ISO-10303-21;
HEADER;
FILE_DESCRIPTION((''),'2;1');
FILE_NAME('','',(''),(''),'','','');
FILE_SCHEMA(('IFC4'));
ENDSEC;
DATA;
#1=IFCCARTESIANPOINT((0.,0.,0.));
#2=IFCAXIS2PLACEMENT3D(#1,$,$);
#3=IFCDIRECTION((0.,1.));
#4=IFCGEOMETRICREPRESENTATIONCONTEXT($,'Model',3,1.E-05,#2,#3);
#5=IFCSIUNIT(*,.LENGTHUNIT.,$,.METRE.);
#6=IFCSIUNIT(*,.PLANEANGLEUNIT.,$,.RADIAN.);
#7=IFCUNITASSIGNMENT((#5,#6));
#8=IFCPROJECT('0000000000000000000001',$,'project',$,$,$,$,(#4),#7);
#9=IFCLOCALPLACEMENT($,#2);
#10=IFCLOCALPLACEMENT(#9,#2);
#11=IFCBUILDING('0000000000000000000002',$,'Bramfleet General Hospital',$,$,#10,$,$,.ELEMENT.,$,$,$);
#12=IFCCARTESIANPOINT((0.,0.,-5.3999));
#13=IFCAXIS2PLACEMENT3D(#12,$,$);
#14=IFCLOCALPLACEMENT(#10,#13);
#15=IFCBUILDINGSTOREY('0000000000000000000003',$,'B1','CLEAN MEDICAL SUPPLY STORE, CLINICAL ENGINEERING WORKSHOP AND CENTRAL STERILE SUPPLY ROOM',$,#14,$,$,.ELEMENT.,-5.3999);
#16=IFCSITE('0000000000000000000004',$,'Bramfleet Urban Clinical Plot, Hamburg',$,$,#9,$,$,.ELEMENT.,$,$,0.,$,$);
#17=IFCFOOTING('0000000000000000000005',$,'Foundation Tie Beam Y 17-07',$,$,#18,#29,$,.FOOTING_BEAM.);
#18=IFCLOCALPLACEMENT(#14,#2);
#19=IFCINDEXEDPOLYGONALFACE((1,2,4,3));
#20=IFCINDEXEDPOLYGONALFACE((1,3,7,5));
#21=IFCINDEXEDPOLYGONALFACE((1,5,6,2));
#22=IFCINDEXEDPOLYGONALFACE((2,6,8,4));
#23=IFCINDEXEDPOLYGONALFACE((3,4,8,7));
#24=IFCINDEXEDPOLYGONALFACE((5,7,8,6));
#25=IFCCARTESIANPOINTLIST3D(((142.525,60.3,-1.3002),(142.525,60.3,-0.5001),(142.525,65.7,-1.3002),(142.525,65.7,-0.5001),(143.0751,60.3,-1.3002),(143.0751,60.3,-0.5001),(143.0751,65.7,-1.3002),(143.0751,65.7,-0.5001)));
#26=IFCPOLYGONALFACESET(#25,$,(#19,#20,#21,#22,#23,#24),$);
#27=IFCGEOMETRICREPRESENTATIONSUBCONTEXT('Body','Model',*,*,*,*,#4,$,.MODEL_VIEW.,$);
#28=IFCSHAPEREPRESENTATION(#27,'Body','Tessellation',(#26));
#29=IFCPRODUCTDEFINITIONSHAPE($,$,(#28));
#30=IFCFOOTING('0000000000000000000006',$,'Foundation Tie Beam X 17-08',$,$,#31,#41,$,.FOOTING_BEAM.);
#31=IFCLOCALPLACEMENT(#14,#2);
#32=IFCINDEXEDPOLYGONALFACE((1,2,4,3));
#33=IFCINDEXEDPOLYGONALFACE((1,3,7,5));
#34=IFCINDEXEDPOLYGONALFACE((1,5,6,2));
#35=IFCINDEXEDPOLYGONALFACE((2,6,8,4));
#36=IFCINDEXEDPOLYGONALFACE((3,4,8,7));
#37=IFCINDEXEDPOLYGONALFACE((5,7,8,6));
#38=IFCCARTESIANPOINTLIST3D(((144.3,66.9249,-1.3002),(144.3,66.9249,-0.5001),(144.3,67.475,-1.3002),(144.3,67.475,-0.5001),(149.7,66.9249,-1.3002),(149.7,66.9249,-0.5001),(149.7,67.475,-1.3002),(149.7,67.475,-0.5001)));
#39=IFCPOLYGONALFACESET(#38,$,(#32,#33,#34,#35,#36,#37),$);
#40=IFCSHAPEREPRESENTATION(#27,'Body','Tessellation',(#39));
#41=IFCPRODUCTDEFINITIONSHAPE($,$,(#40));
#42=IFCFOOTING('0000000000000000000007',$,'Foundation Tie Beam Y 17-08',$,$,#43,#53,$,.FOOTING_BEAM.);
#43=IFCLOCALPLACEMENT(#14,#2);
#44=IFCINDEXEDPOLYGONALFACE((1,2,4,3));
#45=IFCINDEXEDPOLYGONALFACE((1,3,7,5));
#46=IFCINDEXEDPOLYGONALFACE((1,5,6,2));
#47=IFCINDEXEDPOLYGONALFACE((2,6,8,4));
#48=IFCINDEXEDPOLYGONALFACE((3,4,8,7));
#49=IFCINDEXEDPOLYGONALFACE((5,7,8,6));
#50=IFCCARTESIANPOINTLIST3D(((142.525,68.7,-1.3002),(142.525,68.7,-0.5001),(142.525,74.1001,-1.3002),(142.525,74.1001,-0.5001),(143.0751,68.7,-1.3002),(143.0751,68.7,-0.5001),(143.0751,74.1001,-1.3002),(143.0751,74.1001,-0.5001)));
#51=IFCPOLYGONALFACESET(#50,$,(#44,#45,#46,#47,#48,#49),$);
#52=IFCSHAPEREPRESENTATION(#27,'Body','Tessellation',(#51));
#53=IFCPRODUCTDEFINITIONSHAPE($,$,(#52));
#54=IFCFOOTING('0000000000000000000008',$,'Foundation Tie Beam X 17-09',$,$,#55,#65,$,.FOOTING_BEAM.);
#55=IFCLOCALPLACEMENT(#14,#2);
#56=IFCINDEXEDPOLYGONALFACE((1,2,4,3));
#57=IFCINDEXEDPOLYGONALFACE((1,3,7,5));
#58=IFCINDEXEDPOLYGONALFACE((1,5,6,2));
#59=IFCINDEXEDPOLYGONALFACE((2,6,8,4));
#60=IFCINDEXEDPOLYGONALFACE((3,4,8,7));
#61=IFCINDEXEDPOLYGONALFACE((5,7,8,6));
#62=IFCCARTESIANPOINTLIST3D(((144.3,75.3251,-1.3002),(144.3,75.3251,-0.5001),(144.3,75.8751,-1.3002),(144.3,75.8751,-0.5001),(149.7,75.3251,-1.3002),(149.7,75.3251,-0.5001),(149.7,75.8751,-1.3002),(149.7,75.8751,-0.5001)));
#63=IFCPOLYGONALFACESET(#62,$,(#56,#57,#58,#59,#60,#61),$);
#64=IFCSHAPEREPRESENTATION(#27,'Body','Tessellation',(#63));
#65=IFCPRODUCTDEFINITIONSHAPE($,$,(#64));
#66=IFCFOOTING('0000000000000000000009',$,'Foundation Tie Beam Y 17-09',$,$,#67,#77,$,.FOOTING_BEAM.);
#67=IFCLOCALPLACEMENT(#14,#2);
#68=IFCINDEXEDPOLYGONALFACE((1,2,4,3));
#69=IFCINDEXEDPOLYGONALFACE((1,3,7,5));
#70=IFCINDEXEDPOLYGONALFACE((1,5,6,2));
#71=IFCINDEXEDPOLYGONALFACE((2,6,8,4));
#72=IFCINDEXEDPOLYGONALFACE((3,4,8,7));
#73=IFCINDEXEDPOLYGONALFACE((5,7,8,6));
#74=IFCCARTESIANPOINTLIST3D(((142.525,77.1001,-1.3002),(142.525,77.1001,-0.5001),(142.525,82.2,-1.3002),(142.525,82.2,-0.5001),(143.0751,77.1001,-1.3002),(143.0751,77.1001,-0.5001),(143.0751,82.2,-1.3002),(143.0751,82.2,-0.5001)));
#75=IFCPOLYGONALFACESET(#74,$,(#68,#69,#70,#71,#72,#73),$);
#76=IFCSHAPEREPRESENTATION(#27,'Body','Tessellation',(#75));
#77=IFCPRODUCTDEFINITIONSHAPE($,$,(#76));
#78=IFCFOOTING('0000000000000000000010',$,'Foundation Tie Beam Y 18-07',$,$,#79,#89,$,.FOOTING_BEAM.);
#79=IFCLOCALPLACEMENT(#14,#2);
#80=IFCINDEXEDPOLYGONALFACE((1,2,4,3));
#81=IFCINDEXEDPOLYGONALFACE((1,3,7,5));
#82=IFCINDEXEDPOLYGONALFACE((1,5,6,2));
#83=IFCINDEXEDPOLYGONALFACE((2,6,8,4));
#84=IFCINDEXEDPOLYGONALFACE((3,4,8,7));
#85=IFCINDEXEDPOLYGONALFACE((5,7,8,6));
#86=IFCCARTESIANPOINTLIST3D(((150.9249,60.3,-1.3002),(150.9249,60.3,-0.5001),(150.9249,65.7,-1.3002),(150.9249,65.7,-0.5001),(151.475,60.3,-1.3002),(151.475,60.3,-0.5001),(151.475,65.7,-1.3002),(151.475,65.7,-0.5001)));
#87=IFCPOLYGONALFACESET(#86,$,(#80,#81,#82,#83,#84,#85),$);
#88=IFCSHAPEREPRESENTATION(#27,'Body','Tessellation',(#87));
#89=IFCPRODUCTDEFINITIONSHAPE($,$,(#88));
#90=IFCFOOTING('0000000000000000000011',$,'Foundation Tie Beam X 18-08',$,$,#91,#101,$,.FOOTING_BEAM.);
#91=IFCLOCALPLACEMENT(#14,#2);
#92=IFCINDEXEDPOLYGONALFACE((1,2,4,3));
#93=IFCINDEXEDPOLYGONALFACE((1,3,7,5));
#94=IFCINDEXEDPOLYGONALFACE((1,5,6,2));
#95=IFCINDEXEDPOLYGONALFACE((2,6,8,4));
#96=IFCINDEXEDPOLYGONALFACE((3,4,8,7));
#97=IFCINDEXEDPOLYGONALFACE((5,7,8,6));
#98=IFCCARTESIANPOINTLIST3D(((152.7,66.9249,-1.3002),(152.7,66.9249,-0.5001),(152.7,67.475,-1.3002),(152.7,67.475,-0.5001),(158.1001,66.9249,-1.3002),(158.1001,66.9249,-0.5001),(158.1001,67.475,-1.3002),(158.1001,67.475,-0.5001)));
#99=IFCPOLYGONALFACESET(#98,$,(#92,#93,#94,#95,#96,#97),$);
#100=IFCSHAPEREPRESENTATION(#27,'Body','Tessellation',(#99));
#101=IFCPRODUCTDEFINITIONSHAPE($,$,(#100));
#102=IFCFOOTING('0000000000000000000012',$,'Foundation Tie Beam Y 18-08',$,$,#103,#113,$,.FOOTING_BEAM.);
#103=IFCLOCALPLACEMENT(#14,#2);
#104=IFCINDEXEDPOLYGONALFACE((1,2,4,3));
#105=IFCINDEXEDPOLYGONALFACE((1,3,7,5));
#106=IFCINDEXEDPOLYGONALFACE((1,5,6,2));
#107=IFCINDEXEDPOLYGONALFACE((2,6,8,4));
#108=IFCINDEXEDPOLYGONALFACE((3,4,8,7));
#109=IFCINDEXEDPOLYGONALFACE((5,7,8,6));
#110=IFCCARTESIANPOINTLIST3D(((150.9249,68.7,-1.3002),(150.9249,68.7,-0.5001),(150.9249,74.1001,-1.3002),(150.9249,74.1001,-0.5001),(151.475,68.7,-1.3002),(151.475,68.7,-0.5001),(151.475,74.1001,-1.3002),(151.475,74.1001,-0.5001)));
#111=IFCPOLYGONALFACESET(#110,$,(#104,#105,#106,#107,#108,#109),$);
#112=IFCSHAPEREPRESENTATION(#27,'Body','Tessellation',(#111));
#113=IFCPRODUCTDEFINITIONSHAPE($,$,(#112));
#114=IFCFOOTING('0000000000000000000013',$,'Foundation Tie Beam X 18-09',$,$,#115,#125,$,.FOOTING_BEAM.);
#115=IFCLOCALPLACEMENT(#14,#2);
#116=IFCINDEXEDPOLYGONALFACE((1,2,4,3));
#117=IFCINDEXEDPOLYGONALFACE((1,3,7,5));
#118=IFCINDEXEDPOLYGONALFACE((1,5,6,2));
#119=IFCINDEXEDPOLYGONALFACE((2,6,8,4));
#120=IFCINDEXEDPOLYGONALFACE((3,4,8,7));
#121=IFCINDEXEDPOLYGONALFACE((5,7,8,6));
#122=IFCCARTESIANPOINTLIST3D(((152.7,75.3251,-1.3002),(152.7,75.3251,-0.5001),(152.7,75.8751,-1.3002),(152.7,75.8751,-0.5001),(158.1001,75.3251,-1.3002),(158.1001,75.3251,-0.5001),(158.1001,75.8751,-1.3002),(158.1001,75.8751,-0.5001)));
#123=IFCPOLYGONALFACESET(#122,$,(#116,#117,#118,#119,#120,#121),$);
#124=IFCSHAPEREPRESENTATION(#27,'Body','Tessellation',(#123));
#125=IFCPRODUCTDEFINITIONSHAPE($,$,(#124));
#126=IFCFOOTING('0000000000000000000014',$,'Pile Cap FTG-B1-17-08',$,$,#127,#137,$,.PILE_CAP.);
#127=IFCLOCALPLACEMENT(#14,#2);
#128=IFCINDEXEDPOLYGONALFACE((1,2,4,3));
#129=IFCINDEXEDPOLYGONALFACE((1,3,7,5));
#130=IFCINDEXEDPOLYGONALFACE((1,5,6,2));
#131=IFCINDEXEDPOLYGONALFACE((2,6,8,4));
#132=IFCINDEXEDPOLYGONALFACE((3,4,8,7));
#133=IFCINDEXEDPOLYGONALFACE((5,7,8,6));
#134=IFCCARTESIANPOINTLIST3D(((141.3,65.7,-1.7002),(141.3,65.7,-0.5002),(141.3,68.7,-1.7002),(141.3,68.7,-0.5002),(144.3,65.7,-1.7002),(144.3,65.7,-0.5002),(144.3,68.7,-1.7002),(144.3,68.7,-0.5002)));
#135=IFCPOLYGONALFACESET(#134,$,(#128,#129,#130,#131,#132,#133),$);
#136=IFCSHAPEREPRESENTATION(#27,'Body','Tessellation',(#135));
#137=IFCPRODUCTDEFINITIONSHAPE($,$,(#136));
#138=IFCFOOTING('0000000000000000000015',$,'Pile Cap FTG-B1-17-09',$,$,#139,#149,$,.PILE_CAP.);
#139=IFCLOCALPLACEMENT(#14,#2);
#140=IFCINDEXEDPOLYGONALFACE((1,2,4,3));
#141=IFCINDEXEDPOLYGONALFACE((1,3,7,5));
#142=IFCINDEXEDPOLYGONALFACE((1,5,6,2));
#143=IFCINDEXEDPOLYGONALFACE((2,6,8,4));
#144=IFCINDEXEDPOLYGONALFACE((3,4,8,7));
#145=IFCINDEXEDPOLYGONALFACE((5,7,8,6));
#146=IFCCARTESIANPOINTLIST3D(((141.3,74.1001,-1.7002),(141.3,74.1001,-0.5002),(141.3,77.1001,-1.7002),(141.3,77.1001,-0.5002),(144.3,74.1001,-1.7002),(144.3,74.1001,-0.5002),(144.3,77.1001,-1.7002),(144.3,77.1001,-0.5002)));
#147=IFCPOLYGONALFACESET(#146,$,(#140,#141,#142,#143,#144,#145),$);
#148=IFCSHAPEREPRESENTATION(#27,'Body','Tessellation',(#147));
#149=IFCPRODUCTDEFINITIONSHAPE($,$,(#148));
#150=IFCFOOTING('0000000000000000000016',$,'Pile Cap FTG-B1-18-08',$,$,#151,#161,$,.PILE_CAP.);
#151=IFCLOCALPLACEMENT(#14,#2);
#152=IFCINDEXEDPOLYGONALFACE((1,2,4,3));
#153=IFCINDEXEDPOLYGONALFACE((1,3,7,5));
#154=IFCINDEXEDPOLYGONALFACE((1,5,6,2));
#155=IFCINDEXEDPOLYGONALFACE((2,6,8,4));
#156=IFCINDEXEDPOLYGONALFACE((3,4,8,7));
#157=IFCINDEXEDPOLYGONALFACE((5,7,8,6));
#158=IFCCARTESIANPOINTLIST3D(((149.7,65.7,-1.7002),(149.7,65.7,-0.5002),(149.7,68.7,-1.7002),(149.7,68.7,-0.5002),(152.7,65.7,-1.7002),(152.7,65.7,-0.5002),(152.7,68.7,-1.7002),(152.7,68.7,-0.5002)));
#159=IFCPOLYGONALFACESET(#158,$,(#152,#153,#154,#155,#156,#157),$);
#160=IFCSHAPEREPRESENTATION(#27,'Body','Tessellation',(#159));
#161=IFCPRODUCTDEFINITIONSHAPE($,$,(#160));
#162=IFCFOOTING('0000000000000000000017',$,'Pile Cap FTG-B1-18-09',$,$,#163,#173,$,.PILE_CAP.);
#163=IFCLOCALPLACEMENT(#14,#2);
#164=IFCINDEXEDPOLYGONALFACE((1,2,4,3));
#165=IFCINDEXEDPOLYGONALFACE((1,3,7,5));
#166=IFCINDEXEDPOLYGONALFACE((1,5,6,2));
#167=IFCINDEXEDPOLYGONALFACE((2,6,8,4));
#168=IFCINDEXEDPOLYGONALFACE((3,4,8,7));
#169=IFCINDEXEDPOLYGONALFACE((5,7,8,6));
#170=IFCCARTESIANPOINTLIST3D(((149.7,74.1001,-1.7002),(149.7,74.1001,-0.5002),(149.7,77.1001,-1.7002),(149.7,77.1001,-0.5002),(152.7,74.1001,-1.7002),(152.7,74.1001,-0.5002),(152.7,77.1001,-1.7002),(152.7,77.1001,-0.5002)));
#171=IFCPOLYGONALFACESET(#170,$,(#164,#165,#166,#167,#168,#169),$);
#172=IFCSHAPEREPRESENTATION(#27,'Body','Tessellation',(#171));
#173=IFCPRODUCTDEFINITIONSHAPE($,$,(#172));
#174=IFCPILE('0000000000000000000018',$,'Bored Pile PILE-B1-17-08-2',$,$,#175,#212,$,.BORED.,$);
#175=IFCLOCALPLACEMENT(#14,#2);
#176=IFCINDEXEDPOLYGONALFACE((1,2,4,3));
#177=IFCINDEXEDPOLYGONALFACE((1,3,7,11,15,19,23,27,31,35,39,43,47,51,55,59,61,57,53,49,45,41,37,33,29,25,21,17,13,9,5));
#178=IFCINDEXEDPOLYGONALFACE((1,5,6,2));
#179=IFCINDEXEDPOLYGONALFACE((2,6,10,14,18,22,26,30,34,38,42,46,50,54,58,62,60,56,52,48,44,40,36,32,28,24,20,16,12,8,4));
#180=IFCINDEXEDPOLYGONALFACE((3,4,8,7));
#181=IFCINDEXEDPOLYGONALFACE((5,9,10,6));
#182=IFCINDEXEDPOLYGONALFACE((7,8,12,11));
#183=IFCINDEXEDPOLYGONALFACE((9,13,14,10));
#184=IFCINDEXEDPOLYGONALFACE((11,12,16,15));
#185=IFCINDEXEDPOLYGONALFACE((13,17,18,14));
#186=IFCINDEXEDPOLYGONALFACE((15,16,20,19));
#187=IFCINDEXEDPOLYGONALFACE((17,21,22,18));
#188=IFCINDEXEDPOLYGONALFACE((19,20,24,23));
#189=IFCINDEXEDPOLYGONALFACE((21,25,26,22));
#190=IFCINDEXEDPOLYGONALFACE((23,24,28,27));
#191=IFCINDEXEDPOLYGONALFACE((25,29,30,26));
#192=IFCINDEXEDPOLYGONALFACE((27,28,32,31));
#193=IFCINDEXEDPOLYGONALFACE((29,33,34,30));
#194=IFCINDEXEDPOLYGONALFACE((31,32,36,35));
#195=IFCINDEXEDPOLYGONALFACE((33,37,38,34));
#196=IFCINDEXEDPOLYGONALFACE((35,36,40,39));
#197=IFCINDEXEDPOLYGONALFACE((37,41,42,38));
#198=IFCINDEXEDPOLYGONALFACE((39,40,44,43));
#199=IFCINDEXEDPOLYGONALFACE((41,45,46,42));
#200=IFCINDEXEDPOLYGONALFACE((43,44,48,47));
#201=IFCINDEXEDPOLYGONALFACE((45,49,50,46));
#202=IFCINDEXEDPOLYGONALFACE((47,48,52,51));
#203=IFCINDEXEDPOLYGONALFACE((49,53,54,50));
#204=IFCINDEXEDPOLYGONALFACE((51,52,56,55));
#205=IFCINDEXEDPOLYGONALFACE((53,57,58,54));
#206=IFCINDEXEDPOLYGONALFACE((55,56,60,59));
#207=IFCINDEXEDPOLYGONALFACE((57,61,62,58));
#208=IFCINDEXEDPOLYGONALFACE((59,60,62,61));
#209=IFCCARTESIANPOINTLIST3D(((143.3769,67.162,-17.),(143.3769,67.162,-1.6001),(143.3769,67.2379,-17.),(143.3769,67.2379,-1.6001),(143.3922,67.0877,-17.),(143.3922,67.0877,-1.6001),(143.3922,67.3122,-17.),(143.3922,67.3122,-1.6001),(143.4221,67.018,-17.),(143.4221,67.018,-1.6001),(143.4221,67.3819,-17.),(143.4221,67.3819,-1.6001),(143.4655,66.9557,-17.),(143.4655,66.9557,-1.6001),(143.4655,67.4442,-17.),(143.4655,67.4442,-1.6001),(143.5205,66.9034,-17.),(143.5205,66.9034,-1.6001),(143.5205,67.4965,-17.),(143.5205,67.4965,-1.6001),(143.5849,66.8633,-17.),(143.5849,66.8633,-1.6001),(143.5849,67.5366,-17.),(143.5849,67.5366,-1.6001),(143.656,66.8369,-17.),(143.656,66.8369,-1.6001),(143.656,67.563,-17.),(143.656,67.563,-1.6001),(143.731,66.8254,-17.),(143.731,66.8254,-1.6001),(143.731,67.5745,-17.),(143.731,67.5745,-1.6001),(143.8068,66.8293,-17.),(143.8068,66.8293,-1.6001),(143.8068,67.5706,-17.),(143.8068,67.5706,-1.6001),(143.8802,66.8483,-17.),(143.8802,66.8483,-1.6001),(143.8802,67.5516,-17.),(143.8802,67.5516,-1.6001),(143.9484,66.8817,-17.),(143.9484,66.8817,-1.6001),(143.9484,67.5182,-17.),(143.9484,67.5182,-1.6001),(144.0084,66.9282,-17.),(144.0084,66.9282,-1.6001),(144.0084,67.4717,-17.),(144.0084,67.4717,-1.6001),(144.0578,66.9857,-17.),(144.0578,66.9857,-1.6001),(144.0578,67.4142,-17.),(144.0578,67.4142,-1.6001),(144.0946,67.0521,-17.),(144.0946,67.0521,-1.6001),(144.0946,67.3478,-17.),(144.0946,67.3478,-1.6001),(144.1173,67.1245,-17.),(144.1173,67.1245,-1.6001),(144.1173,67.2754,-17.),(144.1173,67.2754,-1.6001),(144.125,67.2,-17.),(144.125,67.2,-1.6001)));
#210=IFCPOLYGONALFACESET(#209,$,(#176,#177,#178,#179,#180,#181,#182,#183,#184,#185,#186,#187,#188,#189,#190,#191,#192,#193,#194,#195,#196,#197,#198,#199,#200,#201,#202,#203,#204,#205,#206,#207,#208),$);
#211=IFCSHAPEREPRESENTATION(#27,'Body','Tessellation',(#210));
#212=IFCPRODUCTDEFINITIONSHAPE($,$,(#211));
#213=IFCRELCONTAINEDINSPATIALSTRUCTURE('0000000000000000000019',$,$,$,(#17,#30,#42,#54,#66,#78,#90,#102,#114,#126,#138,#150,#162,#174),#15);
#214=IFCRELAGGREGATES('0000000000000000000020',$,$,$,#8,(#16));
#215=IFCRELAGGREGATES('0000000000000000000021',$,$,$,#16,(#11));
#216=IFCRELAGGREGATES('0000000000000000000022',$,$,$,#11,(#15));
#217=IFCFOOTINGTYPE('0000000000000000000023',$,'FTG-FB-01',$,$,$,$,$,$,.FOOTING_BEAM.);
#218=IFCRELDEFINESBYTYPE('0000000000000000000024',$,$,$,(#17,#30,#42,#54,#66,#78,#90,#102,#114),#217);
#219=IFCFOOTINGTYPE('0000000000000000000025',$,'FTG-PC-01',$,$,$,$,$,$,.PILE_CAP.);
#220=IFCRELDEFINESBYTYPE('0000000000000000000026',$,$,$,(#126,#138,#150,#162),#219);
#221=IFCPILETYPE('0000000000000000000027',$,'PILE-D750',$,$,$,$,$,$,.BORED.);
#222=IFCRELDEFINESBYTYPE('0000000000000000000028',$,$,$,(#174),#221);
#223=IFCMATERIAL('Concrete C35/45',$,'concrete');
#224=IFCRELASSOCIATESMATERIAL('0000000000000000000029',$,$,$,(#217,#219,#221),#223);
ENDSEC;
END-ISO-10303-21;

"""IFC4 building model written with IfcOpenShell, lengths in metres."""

from ifc_helpers import new_model, si_unit, direction, frame, origin, origin_2d, place, context, subcontext, project, spatial, rectangle, circle, extrude, material, material_profile, profile_set, type_object, element, save


model = new_model("IFC4")

# Units and contexts
model_context = context("Model", 3, precision=1e-05, world=origin(), true_north=direction((0.0, 1.0)))
body_context = subcontext(model_context, "Body", "Model", "MODEL_VIEW")
ifc_project = project(units=[si_unit("LENGTHUNIT", "METRE"), si_unit("PLANEANGLEUNIT", "RADIAN")], contexts=[model_context])

# Site, building, storey
site_placement = place(None, origin())
site = spatial("IfcSite", under=ifc_project, at=site_placement, Name="Bramfleet Urban Clinical Plot, Hamburg", CompositionType="ELEMENT", RefElevation=0.0)
building_placement = place(site_placement, origin())
building = spatial("IfcBuilding", under=site, at=building_placement, Name="Bramfleet General Hospital", CompositionType="ELEMENT")
storey_placement = place(building_placement, frame((0.0, 0.0, -5.3999)))
storey = spatial("IfcBuildingStorey", under=building, at=storey_placement, Name="B1", Description="CLEAN MEDICAL SUPPLY STORE, CLINICAL ENGINEERING WORKSHOP AND CENTRAL STERILE SUPPLY ROOM", CompositionType="ELEMENT", Elevation=-5.3999)

# Footings
ifc_material_1 = material(Name="Concrete C35/45", Category="concrete")
ifc_material_profile_1 = material_profile(ifc_material_1, rectangle(XDim=0.55, YDim=0.8, at=origin_2d()), Name="RC FB 800x550")
ifc_profile_set_1 = profile_set([ifc_material_profile_1], Name="Concrete C35/45")
footing_type_1 = type_object("IfcFootingType", Name="FTG-FB-01", PredefinedType="FOOTING_BEAM", material=ifc_profile_set_1)
for number, where, z_axis, x_axis, name in (
    (1, (142.8, 60.3, -0.9001), (0.0, 1.0, 0.0), (-1.0, 0.0, 0.0), "Foundation Tie Beam Y 17-07"),
    (2, (144.3, 67.2, -0.9001), (1.0, 0.0, 0.0), (0.0, 1.0, 0.0), "Foundation Tie Beam X 17-08"),
):
    element("IfcFooting", number, at=place(storey_placement, frame(where, z_axis=z_axis, x_axis=x_axis)), inside=storey, type_object=footing_type_1, Name=name, PredefinedType="FOOTING_BEAM", context=body_context, shape_type="SweptSolid", body=[
        extrude(rectangle(XDim=0.55, YDim=0.8, at=origin_2d()), origin(), (0.0, 0.0, 1.0), 5.3999),
    ])
footing_1_placement = place(storey_placement, frame((142.8, 68.7, -0.9001), z_axis=(0.0, 1.0, 0.0), x_axis=(-1.0, 0.0, 0.0)))
element("IfcFooting", 3, at=footing_1_placement, inside=storey, type_object=footing_type_1, Name="Foundation Tie Beam Y 17-08", PredefinedType="FOOTING_BEAM", context=body_context, shape_type="SweptSolid", body=[
    extrude(rectangle(XDim=0.55, YDim=0.8, at=origin_2d()), origin(), (0.0, 0.0, 1.0), 5.4001),
])
footing_2_placement = place(storey_placement, frame((144.3, 75.6001, -0.9001), z_axis=(1.0, 0.0, 0.0), x_axis=(0.0, 1.0, 0.0)))
element("IfcFooting", 4, at=footing_2_placement, inside=storey, type_object=footing_type_1, Name="Foundation Tie Beam X 17-09", PredefinedType="FOOTING_BEAM", context=body_context, shape_type="SweptSolid", body=[
    extrude(rectangle(XDim=0.55, YDim=0.8, at=origin_2d()), origin(), (0.0, 0.0, 1.0), 5.3999),
])
footing_3_placement = place(storey_placement, frame((142.8, 77.1001, -0.9001), z_axis=(0.0, 1.0, 0.0), x_axis=(-1.0, 0.0, 0.0)))
element("IfcFooting", 5, at=footing_3_placement, inside=storey, type_object=footing_type_1, Name="Foundation Tie Beam Y 17-09", PredefinedType="FOOTING_BEAM", context=body_context, shape_type="SweptSolid", body=[
    extrude(rectangle(XDim=0.55, YDim=0.8, at=origin_2d()), origin(), (0.0, 0.0, 1.0), 5.0999),
])
footing_4_placement = place(storey_placement, frame((151.2, 60.3, -0.9001), z_axis=(0.0, 1.0, 0.0), x_axis=(-1.0, 0.0, 0.0)))
element("IfcFooting", 6, at=footing_4_placement, inside=storey, type_object=footing_type_1, Name="Foundation Tie Beam Y 18-07", PredefinedType="FOOTING_BEAM", context=body_context, shape_type="SweptSolid", body=[
    extrude(rectangle(XDim=0.55, YDim=0.8, at=origin_2d()), origin(), (0.0, 0.0, 1.0), 5.3999),
])
for number, where, z_axis, x_axis, name in (
    (7, (152.7, 67.2, -0.9001), (1.0, 0.0, 0.0), (0.0, 1.0, 0.0), "Foundation Tie Beam X 18-08"),
    (8, (151.2, 68.7, -0.9001), (0.0, 1.0, 0.0), (-1.0, 0.0, 0.0), "Foundation Tie Beam Y 18-08"),
    (9, (152.7, 75.6001, -0.9001), (1.0, 0.0, 0.0), (0.0, 1.0, 0.0), "Foundation Tie Beam X 18-09"),
):
    element("IfcFooting", number, at=place(storey_placement, frame(where, z_axis=z_axis, x_axis=x_axis)), inside=storey, type_object=footing_type_1, Name=name, PredefinedType="FOOTING_BEAM", context=body_context, shape_type="SweptSolid", body=[
        extrude(rectangle(XDim=0.55, YDim=0.8, at=origin_2d()), origin(), (0.0, 0.0, 1.0), 5.4001),
    ])
footing_type_2 = type_object("IfcFootingType", Name="FTG-PC-01", PredefinedType="PILE_CAP", material=ifc_material_1)
for number, where, z_axis, x_axis, name in (
    (10, (142.8, 67.2, -1.7002), (0.0, 0.0, 1.0), (1.0, 0.0, 0.0), "Pile Cap FTG-B1-17-08"),
    (11, (142.8, 75.6001, -1.7002), (0.0, 0.0, 1.0), (1.0, 0.0, 0.0), "Pile Cap FTG-B1-17-09"),
    (12, (151.2, 67.2, -1.7002), (0.0, 0.0, 1.0), (1.0, 0.0, 0.0), "Pile Cap FTG-B1-18-08"),
    (13, (151.2, 75.6001, -1.7002), (0.0, 0.0, 1.0), (1.0, 0.0, 0.0), "Pile Cap FTG-B1-18-09"),
):
    element("IfcFooting", number, at=place(storey_placement, frame(where, z_axis=z_axis, x_axis=x_axis)), inside=storey, type_object=footing_type_2, Name=name, PredefinedType="PILE_CAP", context=body_context, shape_type="SweptSolid", body=[
        extrude(rectangle(XDim=3.0, YDim=3.0, at=origin_2d()), origin(), (0.0, 0.0, 1.0), 1.2),
    ])

# Pile
ifc_material_profile_2 = material_profile(ifc_material_1, circle(Radius=0.375, at=origin_2d()), Name="PILE BORED D750")
ifc_profile_set_2 = profile_set([ifc_material_profile_2], Name="Concrete C35/45")
pile_type = type_object("IfcPileType", Name="PILE-D750", PredefinedType="BORED", material=ifc_profile_set_2)
for number, where, z_axis, x_axis, name in (
    (14, (143.75, 67.2, -1.6001), (0.0, 0.0, -1.0), (1.0, 0.0, 0.0), "Bored Pile PILE-B1-17-08-2"),
):
    element("IfcPile", number, at=place(storey_placement, frame(where, z_axis=z_axis, x_axis=x_axis)), inside=storey, type_object=pile_type, Name=name, PredefinedType="BORED", context=body_context, shape_type="SweptSolid", body=[
        extrude(circle(Radius=0.375, at=origin_2d()), origin(), (0.0, 0.0, 1.0), 15.3999),
    ])

save(model, "model.ifc")
